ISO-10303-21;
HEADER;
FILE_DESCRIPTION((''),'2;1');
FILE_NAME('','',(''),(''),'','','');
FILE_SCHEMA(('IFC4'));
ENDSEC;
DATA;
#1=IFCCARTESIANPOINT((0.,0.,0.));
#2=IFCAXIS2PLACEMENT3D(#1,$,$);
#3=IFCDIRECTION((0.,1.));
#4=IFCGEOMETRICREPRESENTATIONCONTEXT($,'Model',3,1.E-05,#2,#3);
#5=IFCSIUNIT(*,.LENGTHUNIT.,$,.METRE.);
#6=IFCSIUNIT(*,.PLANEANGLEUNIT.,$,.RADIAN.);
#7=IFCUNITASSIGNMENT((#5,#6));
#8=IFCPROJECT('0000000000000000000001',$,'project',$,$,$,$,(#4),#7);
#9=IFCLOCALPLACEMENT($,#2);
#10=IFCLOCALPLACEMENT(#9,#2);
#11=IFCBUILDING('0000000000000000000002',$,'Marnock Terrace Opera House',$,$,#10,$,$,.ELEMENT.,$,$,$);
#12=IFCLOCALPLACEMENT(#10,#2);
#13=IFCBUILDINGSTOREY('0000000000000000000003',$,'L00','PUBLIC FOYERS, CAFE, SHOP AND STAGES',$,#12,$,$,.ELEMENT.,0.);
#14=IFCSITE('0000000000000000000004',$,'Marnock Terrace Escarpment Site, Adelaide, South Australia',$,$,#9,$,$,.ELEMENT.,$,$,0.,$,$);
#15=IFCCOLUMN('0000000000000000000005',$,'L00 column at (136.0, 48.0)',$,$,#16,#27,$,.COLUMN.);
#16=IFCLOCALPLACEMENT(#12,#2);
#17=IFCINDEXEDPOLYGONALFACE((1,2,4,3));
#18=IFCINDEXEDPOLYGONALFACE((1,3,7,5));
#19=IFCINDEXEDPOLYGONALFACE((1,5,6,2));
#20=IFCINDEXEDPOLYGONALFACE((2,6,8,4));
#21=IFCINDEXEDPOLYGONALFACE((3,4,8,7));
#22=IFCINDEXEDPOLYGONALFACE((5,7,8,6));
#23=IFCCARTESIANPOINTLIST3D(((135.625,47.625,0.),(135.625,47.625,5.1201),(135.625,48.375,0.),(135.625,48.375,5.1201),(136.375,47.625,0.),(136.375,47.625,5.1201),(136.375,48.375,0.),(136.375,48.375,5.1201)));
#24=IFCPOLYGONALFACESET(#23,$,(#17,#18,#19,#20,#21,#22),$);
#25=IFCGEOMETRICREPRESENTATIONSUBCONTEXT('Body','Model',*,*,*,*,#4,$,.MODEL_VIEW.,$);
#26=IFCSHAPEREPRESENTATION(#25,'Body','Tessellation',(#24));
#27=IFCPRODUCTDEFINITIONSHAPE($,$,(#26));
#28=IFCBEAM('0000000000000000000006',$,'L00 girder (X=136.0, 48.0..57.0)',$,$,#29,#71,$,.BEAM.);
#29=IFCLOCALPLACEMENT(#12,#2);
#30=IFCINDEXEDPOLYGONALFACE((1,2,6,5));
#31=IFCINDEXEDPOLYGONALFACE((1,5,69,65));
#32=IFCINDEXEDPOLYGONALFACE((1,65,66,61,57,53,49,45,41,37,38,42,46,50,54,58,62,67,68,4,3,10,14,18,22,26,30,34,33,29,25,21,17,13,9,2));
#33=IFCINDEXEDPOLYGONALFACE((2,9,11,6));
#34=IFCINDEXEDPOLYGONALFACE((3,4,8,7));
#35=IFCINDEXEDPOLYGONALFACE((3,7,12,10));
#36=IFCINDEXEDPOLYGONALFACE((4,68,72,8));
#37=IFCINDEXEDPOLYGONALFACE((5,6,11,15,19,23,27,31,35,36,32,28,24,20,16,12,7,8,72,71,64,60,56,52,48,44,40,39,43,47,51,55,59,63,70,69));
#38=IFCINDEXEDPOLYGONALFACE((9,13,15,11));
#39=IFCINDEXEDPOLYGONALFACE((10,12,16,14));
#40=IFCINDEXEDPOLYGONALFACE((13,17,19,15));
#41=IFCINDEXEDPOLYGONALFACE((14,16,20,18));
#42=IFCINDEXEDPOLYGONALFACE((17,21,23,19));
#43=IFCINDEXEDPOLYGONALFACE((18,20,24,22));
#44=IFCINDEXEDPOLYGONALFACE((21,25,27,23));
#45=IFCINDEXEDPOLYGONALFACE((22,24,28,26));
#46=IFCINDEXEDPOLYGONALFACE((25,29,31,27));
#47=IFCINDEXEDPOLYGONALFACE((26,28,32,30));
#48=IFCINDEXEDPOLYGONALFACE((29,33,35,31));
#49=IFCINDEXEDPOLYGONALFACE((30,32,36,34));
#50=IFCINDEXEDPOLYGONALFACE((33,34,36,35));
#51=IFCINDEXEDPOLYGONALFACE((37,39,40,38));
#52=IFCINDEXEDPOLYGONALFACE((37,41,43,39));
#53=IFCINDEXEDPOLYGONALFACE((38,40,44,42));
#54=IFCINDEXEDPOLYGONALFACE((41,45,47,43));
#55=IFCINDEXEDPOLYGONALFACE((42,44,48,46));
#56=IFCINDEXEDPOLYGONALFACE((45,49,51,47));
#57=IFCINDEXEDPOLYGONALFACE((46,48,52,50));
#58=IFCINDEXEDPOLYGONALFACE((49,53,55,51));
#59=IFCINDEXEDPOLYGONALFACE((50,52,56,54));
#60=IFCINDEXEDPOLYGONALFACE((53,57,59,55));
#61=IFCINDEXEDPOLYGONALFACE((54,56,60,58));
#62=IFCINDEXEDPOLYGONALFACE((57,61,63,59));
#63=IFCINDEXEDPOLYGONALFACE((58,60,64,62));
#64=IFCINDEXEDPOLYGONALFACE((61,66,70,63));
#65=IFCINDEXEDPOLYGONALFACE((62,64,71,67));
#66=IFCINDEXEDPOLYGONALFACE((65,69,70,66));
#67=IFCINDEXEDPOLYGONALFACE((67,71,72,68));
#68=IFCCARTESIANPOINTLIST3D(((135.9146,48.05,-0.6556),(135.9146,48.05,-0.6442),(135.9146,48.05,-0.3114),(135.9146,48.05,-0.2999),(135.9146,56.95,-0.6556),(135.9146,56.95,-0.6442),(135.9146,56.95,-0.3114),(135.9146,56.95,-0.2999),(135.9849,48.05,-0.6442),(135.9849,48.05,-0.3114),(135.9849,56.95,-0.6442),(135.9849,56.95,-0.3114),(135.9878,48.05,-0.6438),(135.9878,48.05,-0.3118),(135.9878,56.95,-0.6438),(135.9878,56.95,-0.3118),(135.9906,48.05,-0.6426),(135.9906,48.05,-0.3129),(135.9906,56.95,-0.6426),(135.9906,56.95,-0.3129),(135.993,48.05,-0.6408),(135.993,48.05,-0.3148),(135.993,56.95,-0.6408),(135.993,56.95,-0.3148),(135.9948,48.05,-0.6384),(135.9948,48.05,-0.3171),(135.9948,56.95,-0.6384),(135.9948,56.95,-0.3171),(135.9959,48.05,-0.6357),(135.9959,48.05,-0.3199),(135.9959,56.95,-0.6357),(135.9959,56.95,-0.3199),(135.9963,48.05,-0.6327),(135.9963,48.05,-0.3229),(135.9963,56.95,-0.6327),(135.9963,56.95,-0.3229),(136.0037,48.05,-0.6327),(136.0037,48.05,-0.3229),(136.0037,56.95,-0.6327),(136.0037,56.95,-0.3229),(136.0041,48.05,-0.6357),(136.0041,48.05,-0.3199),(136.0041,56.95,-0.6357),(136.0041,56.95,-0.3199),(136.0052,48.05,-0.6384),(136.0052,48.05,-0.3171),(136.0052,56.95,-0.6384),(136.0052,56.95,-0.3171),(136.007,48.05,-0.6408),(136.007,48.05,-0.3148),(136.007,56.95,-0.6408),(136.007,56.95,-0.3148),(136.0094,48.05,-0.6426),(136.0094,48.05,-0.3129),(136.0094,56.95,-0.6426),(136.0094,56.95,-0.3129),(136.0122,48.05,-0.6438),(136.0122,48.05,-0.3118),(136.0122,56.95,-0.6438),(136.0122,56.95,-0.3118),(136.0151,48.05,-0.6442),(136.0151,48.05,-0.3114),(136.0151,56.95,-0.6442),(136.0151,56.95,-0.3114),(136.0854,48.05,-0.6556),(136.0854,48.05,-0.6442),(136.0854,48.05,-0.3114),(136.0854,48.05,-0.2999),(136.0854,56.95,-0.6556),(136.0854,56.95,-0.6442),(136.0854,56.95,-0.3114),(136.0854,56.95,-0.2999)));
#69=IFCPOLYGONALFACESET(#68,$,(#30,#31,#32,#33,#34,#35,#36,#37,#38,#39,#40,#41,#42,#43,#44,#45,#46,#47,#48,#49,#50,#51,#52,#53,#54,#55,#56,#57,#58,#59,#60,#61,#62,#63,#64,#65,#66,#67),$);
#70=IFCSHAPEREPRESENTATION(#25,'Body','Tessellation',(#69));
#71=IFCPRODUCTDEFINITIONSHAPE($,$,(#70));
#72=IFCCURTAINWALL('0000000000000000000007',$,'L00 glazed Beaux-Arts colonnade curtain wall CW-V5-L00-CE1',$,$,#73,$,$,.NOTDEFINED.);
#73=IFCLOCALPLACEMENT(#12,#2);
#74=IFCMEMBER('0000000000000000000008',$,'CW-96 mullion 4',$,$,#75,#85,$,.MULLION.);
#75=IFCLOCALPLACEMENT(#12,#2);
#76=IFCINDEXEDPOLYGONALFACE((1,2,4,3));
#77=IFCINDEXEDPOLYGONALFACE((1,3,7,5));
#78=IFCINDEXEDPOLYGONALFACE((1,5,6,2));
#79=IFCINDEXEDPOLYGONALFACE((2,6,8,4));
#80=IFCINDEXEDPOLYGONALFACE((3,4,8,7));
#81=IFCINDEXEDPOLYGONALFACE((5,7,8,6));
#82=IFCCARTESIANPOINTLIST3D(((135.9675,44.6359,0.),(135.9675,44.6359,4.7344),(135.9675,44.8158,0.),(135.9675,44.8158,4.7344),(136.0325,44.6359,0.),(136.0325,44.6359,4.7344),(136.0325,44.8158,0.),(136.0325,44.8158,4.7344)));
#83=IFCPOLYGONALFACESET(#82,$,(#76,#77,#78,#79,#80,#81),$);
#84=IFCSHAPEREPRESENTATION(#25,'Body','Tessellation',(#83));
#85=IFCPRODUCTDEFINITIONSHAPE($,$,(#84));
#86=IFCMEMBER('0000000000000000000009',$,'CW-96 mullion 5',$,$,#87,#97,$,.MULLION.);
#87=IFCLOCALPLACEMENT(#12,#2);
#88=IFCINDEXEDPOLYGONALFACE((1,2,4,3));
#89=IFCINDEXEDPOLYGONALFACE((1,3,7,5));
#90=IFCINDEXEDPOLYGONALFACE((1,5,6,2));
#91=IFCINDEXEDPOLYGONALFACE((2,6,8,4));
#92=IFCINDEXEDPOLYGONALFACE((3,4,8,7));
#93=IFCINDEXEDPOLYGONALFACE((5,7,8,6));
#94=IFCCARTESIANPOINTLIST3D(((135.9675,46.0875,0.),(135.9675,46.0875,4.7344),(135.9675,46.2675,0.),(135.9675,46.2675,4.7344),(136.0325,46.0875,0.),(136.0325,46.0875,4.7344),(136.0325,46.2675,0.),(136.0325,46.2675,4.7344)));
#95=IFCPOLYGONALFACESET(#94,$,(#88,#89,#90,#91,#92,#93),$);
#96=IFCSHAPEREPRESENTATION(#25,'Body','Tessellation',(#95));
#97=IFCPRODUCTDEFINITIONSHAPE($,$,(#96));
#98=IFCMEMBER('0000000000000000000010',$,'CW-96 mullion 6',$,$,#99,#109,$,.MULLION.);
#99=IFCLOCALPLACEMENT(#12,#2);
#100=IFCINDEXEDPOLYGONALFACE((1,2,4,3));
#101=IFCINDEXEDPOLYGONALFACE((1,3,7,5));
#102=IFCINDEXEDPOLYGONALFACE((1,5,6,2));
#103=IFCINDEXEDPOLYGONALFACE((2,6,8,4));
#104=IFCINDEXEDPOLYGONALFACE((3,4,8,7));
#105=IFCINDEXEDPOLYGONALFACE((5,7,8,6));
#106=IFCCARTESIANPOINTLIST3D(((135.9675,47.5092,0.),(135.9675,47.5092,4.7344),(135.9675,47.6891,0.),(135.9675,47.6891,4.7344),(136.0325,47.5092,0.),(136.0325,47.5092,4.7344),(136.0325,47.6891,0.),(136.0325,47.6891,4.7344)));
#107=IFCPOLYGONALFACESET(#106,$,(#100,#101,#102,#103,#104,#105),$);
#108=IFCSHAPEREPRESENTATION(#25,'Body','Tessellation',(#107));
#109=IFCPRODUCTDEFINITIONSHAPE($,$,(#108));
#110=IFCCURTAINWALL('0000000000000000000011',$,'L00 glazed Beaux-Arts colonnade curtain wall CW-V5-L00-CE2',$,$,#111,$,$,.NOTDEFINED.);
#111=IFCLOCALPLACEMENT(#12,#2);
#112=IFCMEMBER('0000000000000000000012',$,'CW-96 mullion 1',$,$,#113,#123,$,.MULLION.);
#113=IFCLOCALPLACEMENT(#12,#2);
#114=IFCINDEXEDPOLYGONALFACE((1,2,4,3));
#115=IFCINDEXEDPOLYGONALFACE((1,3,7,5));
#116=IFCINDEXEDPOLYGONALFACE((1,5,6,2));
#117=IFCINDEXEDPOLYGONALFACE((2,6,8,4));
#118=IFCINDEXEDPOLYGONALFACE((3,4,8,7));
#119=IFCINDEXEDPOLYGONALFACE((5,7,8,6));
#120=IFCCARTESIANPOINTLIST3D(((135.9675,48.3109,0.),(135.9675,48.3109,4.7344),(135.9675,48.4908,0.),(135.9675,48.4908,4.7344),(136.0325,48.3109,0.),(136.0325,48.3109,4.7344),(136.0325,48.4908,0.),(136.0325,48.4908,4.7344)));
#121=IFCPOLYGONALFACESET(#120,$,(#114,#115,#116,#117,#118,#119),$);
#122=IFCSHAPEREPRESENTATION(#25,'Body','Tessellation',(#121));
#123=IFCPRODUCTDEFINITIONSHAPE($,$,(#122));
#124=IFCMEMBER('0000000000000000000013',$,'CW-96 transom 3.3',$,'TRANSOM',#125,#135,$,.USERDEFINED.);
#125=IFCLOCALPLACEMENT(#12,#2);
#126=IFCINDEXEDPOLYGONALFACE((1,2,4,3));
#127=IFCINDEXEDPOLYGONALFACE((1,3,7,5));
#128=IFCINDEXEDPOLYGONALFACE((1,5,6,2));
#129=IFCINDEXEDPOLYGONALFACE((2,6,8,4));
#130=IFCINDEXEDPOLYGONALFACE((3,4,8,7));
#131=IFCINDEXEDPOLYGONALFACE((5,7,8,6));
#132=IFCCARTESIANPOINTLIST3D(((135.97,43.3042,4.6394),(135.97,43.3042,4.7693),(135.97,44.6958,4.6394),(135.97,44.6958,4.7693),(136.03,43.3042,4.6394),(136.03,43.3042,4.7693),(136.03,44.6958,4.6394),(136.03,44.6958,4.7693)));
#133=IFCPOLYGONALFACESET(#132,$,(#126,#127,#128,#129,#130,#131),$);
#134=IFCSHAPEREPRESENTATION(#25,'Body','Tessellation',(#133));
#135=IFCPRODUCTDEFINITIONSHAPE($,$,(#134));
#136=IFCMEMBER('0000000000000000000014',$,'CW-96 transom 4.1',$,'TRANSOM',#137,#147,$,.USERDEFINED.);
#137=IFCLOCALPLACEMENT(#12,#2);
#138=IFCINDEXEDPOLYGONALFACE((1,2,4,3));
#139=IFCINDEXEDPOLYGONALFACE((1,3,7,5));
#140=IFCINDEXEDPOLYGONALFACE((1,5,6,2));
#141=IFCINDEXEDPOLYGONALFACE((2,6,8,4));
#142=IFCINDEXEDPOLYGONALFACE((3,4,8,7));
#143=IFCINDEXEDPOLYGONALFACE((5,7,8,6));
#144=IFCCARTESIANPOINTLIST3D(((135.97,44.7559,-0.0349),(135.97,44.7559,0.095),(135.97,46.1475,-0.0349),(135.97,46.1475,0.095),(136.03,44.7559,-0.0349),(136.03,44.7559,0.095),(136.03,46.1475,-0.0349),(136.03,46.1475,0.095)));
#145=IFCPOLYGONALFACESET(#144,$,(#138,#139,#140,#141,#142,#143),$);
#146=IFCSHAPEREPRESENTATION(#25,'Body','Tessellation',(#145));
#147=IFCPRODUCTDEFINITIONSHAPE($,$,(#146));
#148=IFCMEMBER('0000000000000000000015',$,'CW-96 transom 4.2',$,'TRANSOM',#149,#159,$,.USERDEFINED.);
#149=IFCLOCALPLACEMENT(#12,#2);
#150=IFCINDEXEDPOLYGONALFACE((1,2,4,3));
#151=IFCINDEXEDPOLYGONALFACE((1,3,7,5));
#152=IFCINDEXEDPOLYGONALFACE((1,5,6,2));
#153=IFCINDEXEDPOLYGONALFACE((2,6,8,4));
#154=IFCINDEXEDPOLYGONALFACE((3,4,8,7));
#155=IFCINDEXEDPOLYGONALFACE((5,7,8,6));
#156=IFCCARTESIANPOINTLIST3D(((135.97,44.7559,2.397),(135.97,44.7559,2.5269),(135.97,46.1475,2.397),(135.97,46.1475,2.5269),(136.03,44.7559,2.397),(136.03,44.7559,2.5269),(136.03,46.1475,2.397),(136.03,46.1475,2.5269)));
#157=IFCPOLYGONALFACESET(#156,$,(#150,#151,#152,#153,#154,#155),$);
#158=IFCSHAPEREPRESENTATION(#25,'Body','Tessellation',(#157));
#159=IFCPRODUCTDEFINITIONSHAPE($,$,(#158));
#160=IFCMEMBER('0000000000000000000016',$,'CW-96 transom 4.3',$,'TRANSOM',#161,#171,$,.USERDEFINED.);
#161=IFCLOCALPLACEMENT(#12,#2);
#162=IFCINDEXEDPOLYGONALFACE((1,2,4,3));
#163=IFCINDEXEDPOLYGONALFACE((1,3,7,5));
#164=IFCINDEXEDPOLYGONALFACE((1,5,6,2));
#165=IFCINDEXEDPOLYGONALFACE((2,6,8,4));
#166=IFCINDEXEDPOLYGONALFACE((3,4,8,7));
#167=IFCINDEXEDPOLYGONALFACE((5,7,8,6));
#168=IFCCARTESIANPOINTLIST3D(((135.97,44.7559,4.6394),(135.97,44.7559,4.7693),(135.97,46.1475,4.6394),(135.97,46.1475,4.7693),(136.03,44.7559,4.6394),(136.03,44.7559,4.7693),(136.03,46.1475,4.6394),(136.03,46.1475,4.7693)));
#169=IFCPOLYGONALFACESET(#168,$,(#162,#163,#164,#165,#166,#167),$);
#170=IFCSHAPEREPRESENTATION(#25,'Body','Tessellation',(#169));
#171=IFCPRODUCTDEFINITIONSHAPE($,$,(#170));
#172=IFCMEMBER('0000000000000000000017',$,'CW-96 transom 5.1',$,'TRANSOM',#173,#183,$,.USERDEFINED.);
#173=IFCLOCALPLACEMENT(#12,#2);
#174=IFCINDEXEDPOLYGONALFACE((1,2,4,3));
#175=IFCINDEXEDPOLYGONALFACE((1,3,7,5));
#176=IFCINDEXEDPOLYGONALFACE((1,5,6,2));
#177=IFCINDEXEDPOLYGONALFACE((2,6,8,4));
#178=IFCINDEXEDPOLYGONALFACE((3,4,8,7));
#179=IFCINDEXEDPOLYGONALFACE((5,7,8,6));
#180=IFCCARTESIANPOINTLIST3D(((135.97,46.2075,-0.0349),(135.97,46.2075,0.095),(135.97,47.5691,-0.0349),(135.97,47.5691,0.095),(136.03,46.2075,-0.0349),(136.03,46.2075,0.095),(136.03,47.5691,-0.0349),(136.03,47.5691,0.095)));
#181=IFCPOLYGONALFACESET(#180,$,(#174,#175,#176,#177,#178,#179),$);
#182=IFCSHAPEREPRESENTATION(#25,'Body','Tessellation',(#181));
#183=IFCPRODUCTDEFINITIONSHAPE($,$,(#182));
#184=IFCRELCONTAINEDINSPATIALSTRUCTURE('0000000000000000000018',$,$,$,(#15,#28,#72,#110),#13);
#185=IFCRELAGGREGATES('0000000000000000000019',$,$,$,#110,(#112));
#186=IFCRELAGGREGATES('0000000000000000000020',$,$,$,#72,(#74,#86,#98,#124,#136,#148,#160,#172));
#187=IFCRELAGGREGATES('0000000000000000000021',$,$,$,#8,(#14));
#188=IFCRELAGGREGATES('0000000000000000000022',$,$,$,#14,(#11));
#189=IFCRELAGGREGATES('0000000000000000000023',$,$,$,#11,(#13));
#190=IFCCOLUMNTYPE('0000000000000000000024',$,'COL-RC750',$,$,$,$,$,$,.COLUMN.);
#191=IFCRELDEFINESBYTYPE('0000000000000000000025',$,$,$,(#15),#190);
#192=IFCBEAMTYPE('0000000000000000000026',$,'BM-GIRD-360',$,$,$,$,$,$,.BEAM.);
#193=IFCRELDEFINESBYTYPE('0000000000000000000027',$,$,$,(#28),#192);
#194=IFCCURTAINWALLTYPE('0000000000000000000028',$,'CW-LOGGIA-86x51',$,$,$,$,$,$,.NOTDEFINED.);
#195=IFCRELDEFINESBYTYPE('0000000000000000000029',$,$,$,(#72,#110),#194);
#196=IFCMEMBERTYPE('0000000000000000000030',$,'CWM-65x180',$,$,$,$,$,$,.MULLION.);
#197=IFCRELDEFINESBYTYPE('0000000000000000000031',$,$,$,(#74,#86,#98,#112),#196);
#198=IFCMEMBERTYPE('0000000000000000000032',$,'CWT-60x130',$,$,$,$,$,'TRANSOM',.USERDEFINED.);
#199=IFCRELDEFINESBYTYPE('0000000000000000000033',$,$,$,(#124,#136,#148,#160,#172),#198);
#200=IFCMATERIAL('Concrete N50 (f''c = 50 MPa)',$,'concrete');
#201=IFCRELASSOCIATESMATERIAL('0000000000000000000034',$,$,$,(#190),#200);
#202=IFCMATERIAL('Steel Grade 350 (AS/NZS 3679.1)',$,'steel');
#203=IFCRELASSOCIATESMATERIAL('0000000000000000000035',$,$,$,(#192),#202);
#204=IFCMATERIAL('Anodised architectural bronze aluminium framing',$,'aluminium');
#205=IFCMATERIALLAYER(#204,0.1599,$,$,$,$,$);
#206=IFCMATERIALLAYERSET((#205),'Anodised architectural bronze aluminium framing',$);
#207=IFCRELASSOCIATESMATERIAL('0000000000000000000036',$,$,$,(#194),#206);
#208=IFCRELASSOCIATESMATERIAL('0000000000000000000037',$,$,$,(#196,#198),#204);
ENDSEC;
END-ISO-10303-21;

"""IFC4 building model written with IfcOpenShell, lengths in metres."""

from ifc_helpers import new_model, si_unit, direction, frame, origin, origin_2d, place, context, subcontext, project, spatial, rectangle, i_section, extrude, material, layer, layer_set, material_profile, profile_set, type_object, element, aggregate, save


model = new_model("IFC4")

# Units and contexts
model_context = context("Model", 3, precision=1e-05, world=origin(), true_north=direction((0.0, 1.0)))
body_context = subcontext(model_context, "Body", "Model", "MODEL_VIEW")
ifc_project = project(units=[si_unit("LENGTHUNIT", "METRE"), si_unit("PLANEANGLEUNIT", "RADIAN")], contexts=[model_context])

# Site, building, storey
site_placement = place(None, origin())
site = spatial("IfcSite", under=ifc_project, at=site_placement, Name="Marnock Terrace Escarpment Site, Adelaide, South Australia", CompositionType="ELEMENT", RefElevation=0.0)
building_placement = place(site_placement, origin())
building = spatial("IfcBuilding", under=site, at=building_placement, Name="Marnock Terrace Opera House", CompositionType="ELEMENT")
storey_placement = place(building_placement, origin())
storey = spatial("IfcBuildingStorey", under=building, at=storey_placement, Name="L00", Description="PUBLIC FOYERS, CAFE, SHOP AND STAGES", CompositionType="ELEMENT", Elevation=0.0)

# Column
ifc_material_1 = material(Name="Concrete N50 (f'c = 50 MPa)", Category="concrete")
ifc_material_profile_1 = material_profile(ifc_material_1, rectangle(XDim=0.75, YDim=0.75, at=origin_2d()))
ifc_profile_set_1 = profile_set([ifc_material_profile_1], Name="Concrete N50 (f'c = 50 MPa)")
column_type = type_object("IfcColumnType", Name="COL-RC750", PredefinedType="COLUMN", material=ifc_profile_set_1)
column_placement = place(storey_placement, frame((136.0, 48.0, 0.0), z_axis=(0.0, 0.0, 1.0), x_axis=(1.0, 0.0, 0.0)))
element("IfcColumn", 1, at=column_placement, inside=storey, type_object=column_type, Name="L00 column at (136.0, 48.0)", PredefinedType="COLUMN", context=body_context, shape_type="SweptSolid", body=[
    extrude(rectangle(XDim=0.75, YDim=0.75, at=origin_2d()), origin(), (0.0, 0.0, 1.0), 5.1201),
])

# Beam
ifc_material_2 = material(Name="Steel Grade 350 (AS/NZS 3679.1)", Category="steel")
ifc_material_profile_2 = material_profile(ifc_material_2, i_section(OverallWidth=0.1709, OverallDepth=0.3557, WebThickness=0.0073, FlangeThickness=0.0115, FilletRadius=0.0115, at=origin_2d()))
ifc_profile_set_2 = profile_set([ifc_material_profile_2], Name="Steel Grade 350 (AS/NZS 3679.1)")
beam_type = type_object("IfcBeamType", Name="BM-GIRD-360", PredefinedType="BEAM", material=ifc_profile_set_2)
beam_placement = place(storey_placement, frame((136.0, 48.05, -0.4778), z_axis=(0.0, 1.0, 0.0), x_axis=(-1.0, 0.0, 0.0)))
element("IfcBeam", 2, at=beam_placement, inside=storey, type_object=beam_type, Name="L00 girder (X=136.0, 48.0..57.0)", PredefinedType="BEAM", context=body_context, shape_type="SweptSolid", body=[
    extrude(i_section(OverallWidth=0.1709, OverallDepth=0.3557, WebThickness=0.0073, FlangeThickness=0.0115, FilletRadius=0.0115, at=origin_2d()), origin(), (0.0, 0.0, 1.0), 8.8999),
])

# Curtain wall, members
ifc_material_3 = material(Name="Anodised architectural bronze aluminium framing", Category="aluminium")
ifc_layer_1 = layer(ifc_material_3, 0.1599)
ifc_layer_set_1 = layer_set([ifc_layer_1], Name="Anodised architectural bronze aluminium framing")
curtain_wall_type = type_object("IfcCurtainWallType", Name="CW-LOGGIA-86x51", PredefinedType="NOTDEFINED", material=ifc_layer_set_1)
curtain_wall_1_placement = place(storey_placement, origin())
curtain_wall_1 = element("IfcCurtainWall", 3, at=curtain_wall_1_placement, inside=storey, type_object=curtain_wall_type, Name="L00 glazed Beaux-Arts colonnade curtain wall CW-V5-L00-CE1", PredefinedType="NOTDEFINED")
ifc_material_profile_3 = material_profile(ifc_material_3, rectangle(XDim=0.0649, YDim=0.1799, at=origin_2d()))
ifc_profile_set_3 = profile_set([ifc_material_profile_3], Name="Anodised architectural bronze aluminium framing")
member_type_1 = type_object("IfcMemberType", Name="CWM-65x180", PredefinedType="MULLION", material=ifc_profile_set_3)
member_1_placement = place(storey_placement, frame((136.0, 44.7258, 0.0), z_axis=(0.0, 0.0, 1.0), x_axis=(-1.0, 0.0, 0.0)))
member_1 = element("IfcMember", 4, at=member_1_placement, type_object=member_type_1, Name="CW-96 mullion 4", PredefinedType="MULLION", context=body_context, shape_type="SweptSolid", body=[
    extrude(rectangle(XDim=0.0649, YDim=0.1799, at=origin_2d()), origin(), (0.0, 0.0, 1.0), 4.7344),
])
member_2_placement = place(storey_placement, frame((136.0, 46.1775, 0.0), z_axis=(0.0, 0.0, 1.0), x_axis=(-1.0, 0.0, 0.0)))
member_2 = element("IfcMember", 5, at=member_2_placement, type_object=member_type_1, Name="CW-96 mullion 5", PredefinedType="MULLION", context=body_context, shape_type="SweptSolid", body=[
    extrude(rectangle(XDim=0.0649, YDim=0.1799, at=origin_2d()), origin(), (0.0, 0.0, 1.0), 4.7344),
])
member_3_placement = place(storey_placement, frame((136.0, 47.5991, 0.0), z_axis=(0.0, 0.0, 1.0), x_axis=(-1.0, 0.0, 0.0)))
member_3 = element("IfcMember", 6, at=member_3_placement, type_object=member_type_1, Name="CW-96 mullion 6", PredefinedType="MULLION", context=body_context, shape_type="SweptSolid", body=[
    extrude(rectangle(XDim=0.0649, YDim=0.1799, at=origin_2d()), origin(), (0.0, 0.0, 1.0), 4.7344),
])

# Curtain wall, member
curtain_wall_2_placement = place(storey_placement, origin())
curtain_wall_2 = element("IfcCurtainWall", 7, at=curtain_wall_2_placement, inside=storey, type_object=curtain_wall_type, Name="L00 glazed Beaux-Arts colonnade curtain wall CW-V5-L00-CE2", PredefinedType="NOTDEFINED")
member_4_placement = place(storey_placement, frame((136.0, 48.4009, 0.0), z_axis=(0.0, 0.0, 1.0), x_axis=(-1.0, 0.0, 0.0)))
member_4 = element("IfcMember", 8, at=member_4_placement, type_object=member_type_1, Name="CW-96 mullion 1", PredefinedType="MULLION", context=body_context, shape_type="SweptSolid", body=[
    extrude(rectangle(XDim=0.0649, YDim=0.1799, at=origin_2d()), origin(), (0.0, 0.0, 1.0), 4.7344),
])

# Members
ifc_material_profile_4 = material_profile(ifc_material_3, rectangle(XDim=0.0601, YDim=0.1299, at=origin_2d()))
ifc_profile_set_4 = profile_set([ifc_material_profile_4], Name="Anodised architectural bronze aluminium framing")
member_type_2 = type_object("IfcMemberType", Name="CWT-60x130", ElementType="TRANSOM", PredefinedType="USERDEFINED", material=ifc_profile_set_4)
member_5_placement = place(storey_placement, frame((136.0, 43.3042, 4.7043), z_axis=(0.0, 1.0, 0.0), x_axis=(-1.0, 0.0, 0.0)))
member_5 = element("IfcMember", 9, at=member_5_placement, type_object=member_type_2, Name="CW-96 transom 3.3", ObjectType="TRANSOM", PredefinedType="USERDEFINED", context=body_context, shape_type="SweptSolid", body=[
    extrude(rectangle(XDim=0.0601, YDim=0.1299, at=origin_2d()), origin(), (0.0, 0.0, 1.0), 1.3916),
])
member_6_placement = place(storey_placement, frame((136.0, 44.7559, 0.03), z_axis=(0.0, 1.0, 0.0), x_axis=(-1.0, 0.0, 0.0)))
member_6 = element("IfcMember", 10, at=member_6_placement, type_object=member_type_2, Name="CW-96 transom 4.1", ObjectType="TRANSOM", PredefinedType="USERDEFINED", context=body_context, shape_type="SweptSolid", body=[
    extrude(rectangle(XDim=0.0601, YDim=0.1299, at=origin_2d()), origin(), (0.0, 0.0, 1.0), 1.3916),
])
member_7_placement = place(storey_placement, frame((136.0, 44.7559, 2.4619), z_axis=(0.0, 1.0, 0.0), x_axis=(-1.0, 0.0, 0.0)))
member_7 = element("IfcMember", 11, at=member_7_placement, type_object=member_type_2, Name="CW-96 transom 4.2", ObjectType="TRANSOM", PredefinedType="USERDEFINED", context=body_context, shape_type="SweptSolid", body=[
    extrude(rectangle(XDim=0.0601, YDim=0.1299, at=origin_2d()), origin(), (0.0, 0.0, 1.0), 1.3916),
])
member_8_placement = place(storey_placement, frame((136.0, 44.7559, 4.7043), z_axis=(0.0, 1.0, 0.0), x_axis=(-1.0, 0.0, 0.0)))
member_8 = element("IfcMember", 12, at=member_8_placement, type_object=member_type_2, Name="CW-96 transom 4.3", ObjectType="TRANSOM", PredefinedType="USERDEFINED", context=body_context, shape_type="SweptSolid", body=[
    extrude(rectangle(XDim=0.0601, YDim=0.1299, at=origin_2d()), origin(), (0.0, 0.0, 1.0), 1.3916),
])
member_9_placement = place(storey_placement, frame((136.0, 46.2075, 0.03), z_axis=(0.0, 1.0, 0.0), x_axis=(-1.0, 0.0, 0.0)))
member_9 = element("IfcMember", 13, at=member_9_placement, type_object=member_type_2, Name="CW-96 transom 5.1", ObjectType="TRANSOM", PredefinedType="USERDEFINED", context=body_context, shape_type="SweptSolid", body=[
    extrude(rectangle(XDim=0.0601, YDim=0.1299, at=origin_2d()), origin(), (0.0, 0.0, 1.0), 1.3616),
])
aggregate(curtain_wall_2, [member_4])

aggregate(curtain_wall_1, [member_1, member_2, member_3, member_5, member_6, member_7, member_8, member_9])

save(model, "model.ifc")
